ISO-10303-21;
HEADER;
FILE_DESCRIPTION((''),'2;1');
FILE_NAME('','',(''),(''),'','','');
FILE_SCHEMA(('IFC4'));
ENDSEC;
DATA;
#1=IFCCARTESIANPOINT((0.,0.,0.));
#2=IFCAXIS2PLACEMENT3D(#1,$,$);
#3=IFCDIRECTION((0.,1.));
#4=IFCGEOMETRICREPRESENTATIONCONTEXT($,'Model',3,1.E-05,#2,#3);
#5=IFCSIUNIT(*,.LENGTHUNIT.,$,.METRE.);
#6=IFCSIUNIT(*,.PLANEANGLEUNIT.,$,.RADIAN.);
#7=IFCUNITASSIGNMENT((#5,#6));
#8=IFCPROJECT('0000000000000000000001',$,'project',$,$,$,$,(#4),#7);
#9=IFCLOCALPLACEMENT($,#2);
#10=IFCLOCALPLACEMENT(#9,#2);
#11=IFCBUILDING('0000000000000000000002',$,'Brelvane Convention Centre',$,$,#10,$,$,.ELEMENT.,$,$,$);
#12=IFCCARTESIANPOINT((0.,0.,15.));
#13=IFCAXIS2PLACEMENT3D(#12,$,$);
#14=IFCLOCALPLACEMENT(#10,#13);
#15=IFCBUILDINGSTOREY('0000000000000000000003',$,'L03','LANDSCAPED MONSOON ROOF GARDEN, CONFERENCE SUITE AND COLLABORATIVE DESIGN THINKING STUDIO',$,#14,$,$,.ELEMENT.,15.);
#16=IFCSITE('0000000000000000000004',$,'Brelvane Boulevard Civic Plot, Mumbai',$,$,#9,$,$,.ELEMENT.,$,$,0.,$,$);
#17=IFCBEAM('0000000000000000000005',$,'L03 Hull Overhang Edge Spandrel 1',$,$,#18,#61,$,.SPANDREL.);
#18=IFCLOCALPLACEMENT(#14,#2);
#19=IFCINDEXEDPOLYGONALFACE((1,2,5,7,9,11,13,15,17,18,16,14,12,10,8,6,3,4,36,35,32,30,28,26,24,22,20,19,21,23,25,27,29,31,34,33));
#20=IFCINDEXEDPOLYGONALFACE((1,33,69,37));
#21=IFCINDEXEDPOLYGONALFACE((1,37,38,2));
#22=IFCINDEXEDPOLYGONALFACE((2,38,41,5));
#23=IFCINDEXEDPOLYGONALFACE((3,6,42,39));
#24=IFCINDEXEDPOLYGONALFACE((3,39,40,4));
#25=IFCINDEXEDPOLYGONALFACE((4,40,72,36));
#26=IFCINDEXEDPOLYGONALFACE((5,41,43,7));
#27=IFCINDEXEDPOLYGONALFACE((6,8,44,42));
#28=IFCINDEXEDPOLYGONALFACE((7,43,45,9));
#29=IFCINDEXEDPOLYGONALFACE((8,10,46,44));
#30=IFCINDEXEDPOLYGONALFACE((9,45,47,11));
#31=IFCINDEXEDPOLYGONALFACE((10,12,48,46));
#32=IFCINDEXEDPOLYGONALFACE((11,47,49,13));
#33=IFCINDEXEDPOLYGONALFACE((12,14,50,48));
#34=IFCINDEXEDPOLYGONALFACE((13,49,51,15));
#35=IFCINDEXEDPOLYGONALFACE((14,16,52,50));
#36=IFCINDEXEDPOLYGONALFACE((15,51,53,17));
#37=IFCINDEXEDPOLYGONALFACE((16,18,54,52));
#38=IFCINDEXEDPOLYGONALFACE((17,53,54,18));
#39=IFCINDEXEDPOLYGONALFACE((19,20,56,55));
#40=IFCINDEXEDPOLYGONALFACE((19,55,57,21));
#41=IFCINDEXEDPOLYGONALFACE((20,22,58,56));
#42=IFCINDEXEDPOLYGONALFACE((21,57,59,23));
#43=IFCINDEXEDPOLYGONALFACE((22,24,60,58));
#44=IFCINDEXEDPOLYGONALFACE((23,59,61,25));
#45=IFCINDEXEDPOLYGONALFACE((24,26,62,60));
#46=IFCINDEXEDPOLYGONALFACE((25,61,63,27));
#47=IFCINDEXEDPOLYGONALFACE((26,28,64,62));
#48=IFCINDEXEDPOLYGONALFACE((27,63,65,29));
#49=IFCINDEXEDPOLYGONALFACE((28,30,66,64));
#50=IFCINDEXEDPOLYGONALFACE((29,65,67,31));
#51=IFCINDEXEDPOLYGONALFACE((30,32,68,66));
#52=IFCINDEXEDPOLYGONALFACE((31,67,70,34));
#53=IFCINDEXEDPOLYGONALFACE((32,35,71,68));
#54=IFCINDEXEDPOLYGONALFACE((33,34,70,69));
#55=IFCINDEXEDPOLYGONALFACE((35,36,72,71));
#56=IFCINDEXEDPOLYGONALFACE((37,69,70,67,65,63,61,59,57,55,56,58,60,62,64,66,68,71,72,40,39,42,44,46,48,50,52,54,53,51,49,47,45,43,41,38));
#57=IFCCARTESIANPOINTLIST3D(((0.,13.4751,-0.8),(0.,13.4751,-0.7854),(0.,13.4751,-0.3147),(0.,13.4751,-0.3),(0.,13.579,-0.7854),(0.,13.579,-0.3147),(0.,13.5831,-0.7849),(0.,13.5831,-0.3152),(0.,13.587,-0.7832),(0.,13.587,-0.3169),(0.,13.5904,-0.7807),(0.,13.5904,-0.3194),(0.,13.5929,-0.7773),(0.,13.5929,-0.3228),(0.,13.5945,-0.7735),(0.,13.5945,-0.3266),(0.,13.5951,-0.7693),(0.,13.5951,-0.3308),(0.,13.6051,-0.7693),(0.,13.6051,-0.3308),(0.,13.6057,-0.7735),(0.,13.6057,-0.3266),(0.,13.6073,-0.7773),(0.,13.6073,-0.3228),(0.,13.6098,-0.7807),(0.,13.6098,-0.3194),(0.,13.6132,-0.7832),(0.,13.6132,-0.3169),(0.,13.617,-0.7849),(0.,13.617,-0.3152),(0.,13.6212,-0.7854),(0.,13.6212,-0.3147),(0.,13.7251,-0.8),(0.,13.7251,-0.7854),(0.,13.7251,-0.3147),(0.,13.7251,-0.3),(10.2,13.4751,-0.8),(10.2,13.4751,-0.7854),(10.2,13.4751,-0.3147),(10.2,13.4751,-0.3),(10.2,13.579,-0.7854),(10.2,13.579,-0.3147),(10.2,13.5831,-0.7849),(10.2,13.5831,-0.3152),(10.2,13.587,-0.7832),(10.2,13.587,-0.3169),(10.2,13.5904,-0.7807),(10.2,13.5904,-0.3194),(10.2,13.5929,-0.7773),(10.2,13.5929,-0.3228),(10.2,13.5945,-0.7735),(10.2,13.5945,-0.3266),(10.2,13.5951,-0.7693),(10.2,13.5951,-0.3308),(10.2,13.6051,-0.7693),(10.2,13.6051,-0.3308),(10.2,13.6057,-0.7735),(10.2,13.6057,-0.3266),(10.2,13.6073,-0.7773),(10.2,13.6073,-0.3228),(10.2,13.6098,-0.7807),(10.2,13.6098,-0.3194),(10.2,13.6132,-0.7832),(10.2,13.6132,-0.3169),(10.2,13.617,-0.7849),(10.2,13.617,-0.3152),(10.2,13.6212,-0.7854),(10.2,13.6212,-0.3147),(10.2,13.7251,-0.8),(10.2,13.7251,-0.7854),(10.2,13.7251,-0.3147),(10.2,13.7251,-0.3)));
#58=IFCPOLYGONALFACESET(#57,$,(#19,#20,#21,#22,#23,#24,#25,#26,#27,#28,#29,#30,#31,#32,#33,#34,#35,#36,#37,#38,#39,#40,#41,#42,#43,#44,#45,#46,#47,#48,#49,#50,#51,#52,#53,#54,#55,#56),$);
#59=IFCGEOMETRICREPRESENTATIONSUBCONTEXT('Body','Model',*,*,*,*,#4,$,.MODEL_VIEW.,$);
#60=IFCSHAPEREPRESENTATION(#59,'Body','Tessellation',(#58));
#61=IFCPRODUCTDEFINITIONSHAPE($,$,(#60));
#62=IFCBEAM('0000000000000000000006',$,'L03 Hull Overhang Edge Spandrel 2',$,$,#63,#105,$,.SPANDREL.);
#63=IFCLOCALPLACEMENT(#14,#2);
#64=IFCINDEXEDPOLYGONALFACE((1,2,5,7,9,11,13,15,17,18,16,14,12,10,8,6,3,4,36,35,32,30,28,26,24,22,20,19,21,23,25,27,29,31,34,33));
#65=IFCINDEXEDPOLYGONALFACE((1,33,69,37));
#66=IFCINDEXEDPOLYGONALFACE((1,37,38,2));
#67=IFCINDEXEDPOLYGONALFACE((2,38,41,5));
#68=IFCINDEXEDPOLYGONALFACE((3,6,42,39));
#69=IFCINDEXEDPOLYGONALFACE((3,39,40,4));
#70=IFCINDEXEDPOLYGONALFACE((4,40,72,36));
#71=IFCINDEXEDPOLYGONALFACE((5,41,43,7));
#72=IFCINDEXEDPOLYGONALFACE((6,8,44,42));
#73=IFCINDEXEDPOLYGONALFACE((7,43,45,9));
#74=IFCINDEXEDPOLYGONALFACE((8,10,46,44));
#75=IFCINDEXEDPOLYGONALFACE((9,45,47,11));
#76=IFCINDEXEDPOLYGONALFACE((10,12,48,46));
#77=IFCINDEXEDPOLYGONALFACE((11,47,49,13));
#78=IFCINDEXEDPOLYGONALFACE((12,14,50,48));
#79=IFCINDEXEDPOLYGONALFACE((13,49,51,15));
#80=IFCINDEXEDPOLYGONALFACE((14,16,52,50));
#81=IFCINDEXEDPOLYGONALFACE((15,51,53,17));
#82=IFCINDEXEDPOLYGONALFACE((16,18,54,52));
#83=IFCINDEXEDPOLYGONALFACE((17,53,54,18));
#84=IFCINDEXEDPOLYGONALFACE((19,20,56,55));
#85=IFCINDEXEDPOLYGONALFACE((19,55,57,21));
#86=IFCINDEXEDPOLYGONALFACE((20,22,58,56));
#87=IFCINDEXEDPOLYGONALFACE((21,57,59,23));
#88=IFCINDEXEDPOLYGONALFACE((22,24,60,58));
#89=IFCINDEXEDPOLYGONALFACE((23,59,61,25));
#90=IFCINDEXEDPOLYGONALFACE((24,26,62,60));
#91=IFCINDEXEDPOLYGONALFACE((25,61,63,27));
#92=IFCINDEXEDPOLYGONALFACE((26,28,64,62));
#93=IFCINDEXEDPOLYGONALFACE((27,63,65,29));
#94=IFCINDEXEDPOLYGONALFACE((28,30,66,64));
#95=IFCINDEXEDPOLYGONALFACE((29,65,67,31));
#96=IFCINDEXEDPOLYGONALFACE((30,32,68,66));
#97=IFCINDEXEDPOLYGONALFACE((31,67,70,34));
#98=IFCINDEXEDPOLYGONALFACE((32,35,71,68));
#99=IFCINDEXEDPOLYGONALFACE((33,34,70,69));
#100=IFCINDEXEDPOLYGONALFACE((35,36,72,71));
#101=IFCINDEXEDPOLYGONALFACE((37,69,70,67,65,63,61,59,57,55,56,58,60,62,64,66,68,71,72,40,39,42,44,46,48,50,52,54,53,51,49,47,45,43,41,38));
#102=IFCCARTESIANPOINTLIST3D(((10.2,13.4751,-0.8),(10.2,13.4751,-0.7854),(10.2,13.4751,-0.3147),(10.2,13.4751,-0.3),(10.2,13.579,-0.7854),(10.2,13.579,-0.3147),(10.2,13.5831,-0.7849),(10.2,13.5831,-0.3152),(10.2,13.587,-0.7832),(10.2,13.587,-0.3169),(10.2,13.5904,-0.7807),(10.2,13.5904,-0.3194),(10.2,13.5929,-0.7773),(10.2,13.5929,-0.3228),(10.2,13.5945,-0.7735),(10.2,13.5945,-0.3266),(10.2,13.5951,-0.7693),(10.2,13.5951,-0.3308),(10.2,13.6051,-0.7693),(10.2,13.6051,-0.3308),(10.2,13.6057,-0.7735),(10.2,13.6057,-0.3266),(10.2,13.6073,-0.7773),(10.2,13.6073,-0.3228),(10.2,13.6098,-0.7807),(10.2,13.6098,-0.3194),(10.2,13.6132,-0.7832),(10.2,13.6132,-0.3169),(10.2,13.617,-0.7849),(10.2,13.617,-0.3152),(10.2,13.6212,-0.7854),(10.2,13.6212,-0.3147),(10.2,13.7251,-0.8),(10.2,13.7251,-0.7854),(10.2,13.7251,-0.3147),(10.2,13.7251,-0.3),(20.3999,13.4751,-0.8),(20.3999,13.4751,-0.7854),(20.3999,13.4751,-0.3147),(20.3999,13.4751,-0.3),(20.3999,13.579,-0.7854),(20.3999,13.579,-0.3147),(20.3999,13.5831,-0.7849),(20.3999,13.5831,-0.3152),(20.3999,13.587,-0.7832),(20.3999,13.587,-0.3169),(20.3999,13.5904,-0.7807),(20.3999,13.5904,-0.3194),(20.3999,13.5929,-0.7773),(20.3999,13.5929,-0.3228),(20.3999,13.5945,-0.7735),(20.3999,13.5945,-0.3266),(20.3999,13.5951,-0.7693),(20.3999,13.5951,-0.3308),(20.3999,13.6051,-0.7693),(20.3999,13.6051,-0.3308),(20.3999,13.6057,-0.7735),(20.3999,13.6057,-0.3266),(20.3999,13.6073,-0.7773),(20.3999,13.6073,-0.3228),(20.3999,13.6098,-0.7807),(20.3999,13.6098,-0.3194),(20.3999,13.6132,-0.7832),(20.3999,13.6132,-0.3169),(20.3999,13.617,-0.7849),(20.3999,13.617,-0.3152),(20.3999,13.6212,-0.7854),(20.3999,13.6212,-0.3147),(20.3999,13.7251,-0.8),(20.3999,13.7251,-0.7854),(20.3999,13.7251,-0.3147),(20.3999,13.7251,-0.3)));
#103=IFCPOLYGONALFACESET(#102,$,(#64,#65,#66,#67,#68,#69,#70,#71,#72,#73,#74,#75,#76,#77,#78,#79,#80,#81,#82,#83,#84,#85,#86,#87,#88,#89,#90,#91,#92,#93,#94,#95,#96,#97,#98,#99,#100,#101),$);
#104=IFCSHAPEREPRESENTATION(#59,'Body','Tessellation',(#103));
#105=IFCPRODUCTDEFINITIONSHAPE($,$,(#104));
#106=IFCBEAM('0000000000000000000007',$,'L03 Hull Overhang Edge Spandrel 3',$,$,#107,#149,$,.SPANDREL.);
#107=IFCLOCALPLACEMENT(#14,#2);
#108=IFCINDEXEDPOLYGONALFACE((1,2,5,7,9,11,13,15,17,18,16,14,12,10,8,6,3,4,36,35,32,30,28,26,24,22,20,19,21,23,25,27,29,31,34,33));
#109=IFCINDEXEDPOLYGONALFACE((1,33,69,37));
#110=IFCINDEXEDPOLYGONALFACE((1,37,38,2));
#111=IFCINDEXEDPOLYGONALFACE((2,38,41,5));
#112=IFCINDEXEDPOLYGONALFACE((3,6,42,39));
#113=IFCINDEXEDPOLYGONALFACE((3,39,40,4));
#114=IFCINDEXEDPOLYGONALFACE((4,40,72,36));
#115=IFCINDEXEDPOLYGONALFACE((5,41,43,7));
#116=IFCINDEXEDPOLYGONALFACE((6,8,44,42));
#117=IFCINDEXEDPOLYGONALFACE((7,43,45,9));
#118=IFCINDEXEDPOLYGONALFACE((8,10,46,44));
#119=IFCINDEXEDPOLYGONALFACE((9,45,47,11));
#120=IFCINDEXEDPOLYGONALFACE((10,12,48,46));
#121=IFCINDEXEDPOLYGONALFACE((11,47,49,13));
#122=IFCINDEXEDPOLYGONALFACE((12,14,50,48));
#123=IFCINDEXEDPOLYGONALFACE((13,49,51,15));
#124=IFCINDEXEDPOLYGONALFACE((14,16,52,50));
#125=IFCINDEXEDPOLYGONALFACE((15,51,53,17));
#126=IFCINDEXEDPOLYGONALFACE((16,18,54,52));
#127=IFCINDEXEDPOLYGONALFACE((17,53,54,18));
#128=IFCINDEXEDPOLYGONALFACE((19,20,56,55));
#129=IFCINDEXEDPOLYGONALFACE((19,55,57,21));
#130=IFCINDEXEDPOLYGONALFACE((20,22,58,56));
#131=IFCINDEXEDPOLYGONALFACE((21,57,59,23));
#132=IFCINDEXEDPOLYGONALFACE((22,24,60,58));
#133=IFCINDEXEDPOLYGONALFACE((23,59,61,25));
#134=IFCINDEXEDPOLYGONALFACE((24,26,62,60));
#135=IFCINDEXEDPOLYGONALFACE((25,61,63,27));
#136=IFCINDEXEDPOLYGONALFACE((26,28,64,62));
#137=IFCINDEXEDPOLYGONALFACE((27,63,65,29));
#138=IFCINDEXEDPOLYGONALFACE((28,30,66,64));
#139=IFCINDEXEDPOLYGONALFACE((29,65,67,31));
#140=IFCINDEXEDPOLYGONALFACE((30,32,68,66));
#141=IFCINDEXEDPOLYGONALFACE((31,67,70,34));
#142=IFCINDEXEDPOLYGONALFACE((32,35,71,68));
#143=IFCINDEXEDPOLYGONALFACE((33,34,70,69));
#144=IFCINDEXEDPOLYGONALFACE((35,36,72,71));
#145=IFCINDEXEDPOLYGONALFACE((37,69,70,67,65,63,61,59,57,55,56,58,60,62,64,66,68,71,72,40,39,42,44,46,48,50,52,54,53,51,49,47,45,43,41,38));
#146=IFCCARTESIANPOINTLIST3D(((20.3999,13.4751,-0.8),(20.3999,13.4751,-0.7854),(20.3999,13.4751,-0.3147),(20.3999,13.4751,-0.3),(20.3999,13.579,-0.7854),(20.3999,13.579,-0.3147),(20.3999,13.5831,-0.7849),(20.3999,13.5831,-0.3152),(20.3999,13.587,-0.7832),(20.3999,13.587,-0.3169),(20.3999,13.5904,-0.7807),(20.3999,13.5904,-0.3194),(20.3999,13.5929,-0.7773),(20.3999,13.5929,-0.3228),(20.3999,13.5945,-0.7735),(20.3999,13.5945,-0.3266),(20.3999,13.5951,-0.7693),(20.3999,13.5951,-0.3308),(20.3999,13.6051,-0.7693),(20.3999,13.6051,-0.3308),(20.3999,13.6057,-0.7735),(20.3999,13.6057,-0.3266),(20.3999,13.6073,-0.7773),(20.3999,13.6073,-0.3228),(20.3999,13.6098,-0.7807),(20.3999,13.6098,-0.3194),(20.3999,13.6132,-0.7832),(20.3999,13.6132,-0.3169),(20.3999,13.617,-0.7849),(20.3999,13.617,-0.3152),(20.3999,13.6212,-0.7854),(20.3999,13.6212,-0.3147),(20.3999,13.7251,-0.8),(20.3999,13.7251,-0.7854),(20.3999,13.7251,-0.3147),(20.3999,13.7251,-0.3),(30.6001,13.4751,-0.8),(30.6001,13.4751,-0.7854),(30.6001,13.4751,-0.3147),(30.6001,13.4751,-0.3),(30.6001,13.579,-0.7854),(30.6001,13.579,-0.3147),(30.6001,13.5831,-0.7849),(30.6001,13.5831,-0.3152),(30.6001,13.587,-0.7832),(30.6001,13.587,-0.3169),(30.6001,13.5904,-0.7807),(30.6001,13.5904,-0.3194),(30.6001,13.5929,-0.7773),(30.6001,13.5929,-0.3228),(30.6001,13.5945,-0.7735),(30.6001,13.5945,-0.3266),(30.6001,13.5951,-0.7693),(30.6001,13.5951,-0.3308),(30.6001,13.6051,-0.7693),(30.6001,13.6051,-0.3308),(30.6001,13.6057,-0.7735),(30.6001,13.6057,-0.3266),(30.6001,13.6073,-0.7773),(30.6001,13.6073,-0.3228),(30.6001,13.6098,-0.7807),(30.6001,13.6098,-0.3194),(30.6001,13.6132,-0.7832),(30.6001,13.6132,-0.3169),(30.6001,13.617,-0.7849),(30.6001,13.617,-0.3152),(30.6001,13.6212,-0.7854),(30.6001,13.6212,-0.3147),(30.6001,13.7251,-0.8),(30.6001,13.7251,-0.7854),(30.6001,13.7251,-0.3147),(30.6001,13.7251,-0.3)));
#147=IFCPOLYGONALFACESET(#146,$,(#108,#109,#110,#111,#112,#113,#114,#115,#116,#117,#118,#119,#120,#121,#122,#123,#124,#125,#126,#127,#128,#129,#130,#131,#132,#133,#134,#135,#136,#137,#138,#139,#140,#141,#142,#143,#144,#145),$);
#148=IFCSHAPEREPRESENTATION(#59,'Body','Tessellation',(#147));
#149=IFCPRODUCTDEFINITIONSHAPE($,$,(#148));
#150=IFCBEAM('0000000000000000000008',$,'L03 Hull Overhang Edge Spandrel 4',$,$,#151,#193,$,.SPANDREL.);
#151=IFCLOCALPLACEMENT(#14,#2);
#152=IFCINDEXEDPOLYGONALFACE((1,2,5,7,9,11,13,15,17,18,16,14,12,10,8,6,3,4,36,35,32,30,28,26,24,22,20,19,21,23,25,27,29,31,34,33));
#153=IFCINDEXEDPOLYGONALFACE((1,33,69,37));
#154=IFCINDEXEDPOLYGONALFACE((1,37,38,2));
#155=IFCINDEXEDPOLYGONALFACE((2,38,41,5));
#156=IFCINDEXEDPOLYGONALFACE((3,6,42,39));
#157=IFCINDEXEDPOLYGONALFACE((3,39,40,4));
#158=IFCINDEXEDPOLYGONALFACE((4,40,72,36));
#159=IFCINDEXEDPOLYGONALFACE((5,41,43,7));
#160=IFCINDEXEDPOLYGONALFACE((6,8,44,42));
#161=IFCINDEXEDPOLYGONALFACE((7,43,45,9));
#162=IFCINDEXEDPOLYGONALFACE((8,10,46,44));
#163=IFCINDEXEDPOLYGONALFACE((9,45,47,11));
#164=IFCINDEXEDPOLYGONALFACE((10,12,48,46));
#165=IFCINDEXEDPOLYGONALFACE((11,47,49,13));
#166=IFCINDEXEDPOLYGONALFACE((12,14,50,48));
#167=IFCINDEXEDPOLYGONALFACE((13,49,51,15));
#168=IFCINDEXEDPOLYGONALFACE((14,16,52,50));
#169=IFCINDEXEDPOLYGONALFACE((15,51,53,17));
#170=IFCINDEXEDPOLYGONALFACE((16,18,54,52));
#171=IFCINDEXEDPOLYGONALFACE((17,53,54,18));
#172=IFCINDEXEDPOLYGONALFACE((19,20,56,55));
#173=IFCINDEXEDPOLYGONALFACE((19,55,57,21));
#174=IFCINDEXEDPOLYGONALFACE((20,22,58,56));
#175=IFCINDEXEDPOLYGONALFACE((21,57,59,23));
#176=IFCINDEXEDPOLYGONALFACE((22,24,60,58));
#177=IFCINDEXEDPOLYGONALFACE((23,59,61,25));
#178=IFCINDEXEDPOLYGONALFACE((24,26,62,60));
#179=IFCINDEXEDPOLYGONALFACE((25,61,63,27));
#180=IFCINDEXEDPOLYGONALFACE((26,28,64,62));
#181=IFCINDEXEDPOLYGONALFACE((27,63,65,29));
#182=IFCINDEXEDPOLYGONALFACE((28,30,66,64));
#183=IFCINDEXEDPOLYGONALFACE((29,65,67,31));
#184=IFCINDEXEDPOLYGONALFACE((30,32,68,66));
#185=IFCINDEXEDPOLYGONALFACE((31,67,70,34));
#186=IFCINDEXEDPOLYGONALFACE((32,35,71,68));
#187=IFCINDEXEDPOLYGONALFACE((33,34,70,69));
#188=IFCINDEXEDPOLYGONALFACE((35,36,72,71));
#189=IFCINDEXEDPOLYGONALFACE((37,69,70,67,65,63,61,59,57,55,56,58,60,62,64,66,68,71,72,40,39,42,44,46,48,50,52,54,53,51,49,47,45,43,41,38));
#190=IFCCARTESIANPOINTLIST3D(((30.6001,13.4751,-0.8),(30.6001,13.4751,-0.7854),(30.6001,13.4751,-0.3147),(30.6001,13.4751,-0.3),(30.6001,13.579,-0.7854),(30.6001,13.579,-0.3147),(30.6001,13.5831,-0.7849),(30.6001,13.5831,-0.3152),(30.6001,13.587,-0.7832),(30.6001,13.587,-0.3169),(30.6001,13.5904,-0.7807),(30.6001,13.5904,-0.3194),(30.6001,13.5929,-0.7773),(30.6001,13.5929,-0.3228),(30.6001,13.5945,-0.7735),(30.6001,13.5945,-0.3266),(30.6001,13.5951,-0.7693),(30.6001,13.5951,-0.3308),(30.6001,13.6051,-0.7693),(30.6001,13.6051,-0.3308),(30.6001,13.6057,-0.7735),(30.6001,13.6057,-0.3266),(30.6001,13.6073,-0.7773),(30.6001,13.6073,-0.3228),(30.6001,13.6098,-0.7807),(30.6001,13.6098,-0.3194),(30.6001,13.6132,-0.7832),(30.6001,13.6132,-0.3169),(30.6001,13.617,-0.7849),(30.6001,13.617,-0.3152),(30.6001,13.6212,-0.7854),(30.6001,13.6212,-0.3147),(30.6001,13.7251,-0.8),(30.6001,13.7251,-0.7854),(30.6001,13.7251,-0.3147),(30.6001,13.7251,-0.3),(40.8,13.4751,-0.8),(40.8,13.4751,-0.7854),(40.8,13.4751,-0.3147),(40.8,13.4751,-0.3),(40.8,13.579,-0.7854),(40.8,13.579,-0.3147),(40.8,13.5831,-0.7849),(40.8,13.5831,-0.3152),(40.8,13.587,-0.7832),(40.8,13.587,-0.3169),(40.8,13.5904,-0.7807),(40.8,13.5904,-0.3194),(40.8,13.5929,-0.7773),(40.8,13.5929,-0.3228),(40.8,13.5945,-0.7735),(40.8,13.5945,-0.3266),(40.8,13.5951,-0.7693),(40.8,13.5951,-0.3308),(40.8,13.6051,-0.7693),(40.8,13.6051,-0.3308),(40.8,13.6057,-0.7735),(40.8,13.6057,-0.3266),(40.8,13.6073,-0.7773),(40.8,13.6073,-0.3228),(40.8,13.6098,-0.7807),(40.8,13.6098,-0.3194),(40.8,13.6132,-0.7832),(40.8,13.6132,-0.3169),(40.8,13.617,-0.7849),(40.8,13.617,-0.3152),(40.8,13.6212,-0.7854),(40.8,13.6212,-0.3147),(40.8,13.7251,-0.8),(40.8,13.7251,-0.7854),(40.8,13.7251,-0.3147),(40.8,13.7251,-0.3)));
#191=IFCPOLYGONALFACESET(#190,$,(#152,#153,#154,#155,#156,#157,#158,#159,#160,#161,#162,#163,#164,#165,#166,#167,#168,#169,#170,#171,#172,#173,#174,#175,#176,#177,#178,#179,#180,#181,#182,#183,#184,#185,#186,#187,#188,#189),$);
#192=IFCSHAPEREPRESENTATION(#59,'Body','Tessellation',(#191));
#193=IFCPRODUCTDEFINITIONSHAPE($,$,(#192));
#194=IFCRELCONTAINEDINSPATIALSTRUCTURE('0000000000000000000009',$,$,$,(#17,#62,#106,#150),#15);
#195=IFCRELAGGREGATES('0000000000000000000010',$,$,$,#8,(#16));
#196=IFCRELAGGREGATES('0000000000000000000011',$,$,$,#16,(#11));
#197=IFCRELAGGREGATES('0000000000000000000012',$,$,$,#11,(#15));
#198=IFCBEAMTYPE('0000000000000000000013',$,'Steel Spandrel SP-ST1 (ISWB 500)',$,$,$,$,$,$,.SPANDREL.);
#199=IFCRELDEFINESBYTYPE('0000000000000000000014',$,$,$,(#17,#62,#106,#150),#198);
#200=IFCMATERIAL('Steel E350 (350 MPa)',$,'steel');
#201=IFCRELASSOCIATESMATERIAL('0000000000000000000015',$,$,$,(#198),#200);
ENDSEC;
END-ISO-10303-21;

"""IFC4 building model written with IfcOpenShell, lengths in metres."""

from ifc_helpers import new_model, si_unit, direction, frame, origin, origin_2d, place, context, subcontext, project, spatial, i_section, extrude, material, material_profile, profile_set, type_object, element, save


model = new_model("IFC4")

# Units and contexts
model_context = context("Model", 3, precision=1e-05, world=origin(), true_north=direction((0.0, 1.0)))
body_context = subcontext(model_context, "Body", "Model", "MODEL_VIEW")
ifc_project = project(units=[si_unit("LENGTHUNIT", "METRE"), si_unit("PLANEANGLEUNIT", "RADIAN")], contexts=[model_context])

# Site, building, storey
site_placement = place(None, origin())
site = spatial("IfcSite", under=ifc_project, at=site_placement, Name="Brelvane Boulevard Civic Plot, Mumbai", CompositionType="ELEMENT", RefElevation=0.0)
building_placement = place(site_placement, origin())
building = spatial("IfcBuilding", under=site, at=building_placement, Name="Brelvane Convention Centre", CompositionType="ELEMENT")
storey_placement = place(building_placement, frame((0.0, 0.0, 15.0)))
storey = spatial("IfcBuildingStorey", under=building, at=storey_placement, Name="L03", Description="LANDSCAPED MONSOON ROOF GARDEN, CONFERENCE SUITE AND COLLABORATIVE DESIGN THINKING STUDIO", CompositionType="ELEMENT", Elevation=15.0)

# Beams
ifc_material_1 = material(Name="Steel E350 (350 MPa)", Category="steel")
ifc_material_profile_1 = material_profile(ifc_material_1, i_section(OverallWidth=0.25, OverallDepth=0.5, WebThickness=0.01, FlangeThickness=0.0146, FilletRadius=0.0161, at=origin_2d()), Name="ISWB 500")
ifc_profile_set_1 = profile_set([ifc_material_profile_1], Name="Steel E350 (350 MPa)")
beam_type_1 = type_object("IfcBeamType", Name="Steel Spandrel SP-ST1 (ISWB 500)", PredefinedType="SPANDREL", material=ifc_profile_set_1)
for number, where, z_axis, x_axis, name in (
    (1, (0.0, 13.6001, -0.55), (1.0, 0.0, 0.0), (0.0, 1.0, 0.0), "L03 Hull Overhang Edge Spandrel 1"),
    (2, (10.2, 13.6001, -0.55), (1.0, 0.0, 0.0), (0.0, 1.0, 0.0), "L03 Hull Overhang Edge Spandrel 2"),
):
    element("IfcBeam", number, at=place(storey_placement, frame(where, z_axis=z_axis, x_axis=x_axis)), inside=storey, type_object=beam_type_1, Name=name, PredefinedType="SPANDREL", context=body_context, shape_type="SweptSolid", body=[
        extrude(i_section(OverallWidth=0.25, OverallDepth=0.5, WebThickness=0.01, FlangeThickness=0.0146, FilletRadius=0.0161, at=origin_2d()), origin(), (0.0, 0.0, 1.0), 10.2),
    ])
beam_1_placement = place(storey_placement, frame((20.3999, 13.6001, -0.55), z_axis=(1.0, 0.0, 0.0), x_axis=(0.0, 1.0, 0.0)))
element("IfcBeam", 3, at=beam_1_placement, inside=storey, type_object=beam_type_1, Name="L03 Hull Overhang Edge Spandrel 3", PredefinedType="SPANDREL", context=body_context, shape_type="SweptSolid", body=[
    extrude(i_section(OverallWidth=0.25, OverallDepth=0.5, WebThickness=0.01, FlangeThickness=0.0146, FilletRadius=0.0161, at=origin_2d()), origin(), (0.0, 0.0, 1.0), 10.2002),
])
for number, where, z_axis, x_axis, name in (
    (4, (30.6001, 13.6001, -0.55), (1.0, 0.0, 0.0), (0.0, 1.0, 0.0), "L03 Hull Overhang Edge Spandrel 4"),
):
    element("IfcBeam", number, at=place(storey_placement, frame(where, z_axis=z_axis, x_axis=x_axis)), inside=storey, type_object=beam_type_1, Name=name, PredefinedType="SPANDREL", context=body_context, shape_type="SweptSolid", body=[
        extrude(i_section(OverallWidth=0.25, OverallDepth=0.5, WebThickness=0.01, FlangeThickness=0.0146, FilletRadius=0.0161, at=origin_2d()), origin(), (0.0, 0.0, 1.0), 10.2),
    ])

save(model, "model.ifc")
